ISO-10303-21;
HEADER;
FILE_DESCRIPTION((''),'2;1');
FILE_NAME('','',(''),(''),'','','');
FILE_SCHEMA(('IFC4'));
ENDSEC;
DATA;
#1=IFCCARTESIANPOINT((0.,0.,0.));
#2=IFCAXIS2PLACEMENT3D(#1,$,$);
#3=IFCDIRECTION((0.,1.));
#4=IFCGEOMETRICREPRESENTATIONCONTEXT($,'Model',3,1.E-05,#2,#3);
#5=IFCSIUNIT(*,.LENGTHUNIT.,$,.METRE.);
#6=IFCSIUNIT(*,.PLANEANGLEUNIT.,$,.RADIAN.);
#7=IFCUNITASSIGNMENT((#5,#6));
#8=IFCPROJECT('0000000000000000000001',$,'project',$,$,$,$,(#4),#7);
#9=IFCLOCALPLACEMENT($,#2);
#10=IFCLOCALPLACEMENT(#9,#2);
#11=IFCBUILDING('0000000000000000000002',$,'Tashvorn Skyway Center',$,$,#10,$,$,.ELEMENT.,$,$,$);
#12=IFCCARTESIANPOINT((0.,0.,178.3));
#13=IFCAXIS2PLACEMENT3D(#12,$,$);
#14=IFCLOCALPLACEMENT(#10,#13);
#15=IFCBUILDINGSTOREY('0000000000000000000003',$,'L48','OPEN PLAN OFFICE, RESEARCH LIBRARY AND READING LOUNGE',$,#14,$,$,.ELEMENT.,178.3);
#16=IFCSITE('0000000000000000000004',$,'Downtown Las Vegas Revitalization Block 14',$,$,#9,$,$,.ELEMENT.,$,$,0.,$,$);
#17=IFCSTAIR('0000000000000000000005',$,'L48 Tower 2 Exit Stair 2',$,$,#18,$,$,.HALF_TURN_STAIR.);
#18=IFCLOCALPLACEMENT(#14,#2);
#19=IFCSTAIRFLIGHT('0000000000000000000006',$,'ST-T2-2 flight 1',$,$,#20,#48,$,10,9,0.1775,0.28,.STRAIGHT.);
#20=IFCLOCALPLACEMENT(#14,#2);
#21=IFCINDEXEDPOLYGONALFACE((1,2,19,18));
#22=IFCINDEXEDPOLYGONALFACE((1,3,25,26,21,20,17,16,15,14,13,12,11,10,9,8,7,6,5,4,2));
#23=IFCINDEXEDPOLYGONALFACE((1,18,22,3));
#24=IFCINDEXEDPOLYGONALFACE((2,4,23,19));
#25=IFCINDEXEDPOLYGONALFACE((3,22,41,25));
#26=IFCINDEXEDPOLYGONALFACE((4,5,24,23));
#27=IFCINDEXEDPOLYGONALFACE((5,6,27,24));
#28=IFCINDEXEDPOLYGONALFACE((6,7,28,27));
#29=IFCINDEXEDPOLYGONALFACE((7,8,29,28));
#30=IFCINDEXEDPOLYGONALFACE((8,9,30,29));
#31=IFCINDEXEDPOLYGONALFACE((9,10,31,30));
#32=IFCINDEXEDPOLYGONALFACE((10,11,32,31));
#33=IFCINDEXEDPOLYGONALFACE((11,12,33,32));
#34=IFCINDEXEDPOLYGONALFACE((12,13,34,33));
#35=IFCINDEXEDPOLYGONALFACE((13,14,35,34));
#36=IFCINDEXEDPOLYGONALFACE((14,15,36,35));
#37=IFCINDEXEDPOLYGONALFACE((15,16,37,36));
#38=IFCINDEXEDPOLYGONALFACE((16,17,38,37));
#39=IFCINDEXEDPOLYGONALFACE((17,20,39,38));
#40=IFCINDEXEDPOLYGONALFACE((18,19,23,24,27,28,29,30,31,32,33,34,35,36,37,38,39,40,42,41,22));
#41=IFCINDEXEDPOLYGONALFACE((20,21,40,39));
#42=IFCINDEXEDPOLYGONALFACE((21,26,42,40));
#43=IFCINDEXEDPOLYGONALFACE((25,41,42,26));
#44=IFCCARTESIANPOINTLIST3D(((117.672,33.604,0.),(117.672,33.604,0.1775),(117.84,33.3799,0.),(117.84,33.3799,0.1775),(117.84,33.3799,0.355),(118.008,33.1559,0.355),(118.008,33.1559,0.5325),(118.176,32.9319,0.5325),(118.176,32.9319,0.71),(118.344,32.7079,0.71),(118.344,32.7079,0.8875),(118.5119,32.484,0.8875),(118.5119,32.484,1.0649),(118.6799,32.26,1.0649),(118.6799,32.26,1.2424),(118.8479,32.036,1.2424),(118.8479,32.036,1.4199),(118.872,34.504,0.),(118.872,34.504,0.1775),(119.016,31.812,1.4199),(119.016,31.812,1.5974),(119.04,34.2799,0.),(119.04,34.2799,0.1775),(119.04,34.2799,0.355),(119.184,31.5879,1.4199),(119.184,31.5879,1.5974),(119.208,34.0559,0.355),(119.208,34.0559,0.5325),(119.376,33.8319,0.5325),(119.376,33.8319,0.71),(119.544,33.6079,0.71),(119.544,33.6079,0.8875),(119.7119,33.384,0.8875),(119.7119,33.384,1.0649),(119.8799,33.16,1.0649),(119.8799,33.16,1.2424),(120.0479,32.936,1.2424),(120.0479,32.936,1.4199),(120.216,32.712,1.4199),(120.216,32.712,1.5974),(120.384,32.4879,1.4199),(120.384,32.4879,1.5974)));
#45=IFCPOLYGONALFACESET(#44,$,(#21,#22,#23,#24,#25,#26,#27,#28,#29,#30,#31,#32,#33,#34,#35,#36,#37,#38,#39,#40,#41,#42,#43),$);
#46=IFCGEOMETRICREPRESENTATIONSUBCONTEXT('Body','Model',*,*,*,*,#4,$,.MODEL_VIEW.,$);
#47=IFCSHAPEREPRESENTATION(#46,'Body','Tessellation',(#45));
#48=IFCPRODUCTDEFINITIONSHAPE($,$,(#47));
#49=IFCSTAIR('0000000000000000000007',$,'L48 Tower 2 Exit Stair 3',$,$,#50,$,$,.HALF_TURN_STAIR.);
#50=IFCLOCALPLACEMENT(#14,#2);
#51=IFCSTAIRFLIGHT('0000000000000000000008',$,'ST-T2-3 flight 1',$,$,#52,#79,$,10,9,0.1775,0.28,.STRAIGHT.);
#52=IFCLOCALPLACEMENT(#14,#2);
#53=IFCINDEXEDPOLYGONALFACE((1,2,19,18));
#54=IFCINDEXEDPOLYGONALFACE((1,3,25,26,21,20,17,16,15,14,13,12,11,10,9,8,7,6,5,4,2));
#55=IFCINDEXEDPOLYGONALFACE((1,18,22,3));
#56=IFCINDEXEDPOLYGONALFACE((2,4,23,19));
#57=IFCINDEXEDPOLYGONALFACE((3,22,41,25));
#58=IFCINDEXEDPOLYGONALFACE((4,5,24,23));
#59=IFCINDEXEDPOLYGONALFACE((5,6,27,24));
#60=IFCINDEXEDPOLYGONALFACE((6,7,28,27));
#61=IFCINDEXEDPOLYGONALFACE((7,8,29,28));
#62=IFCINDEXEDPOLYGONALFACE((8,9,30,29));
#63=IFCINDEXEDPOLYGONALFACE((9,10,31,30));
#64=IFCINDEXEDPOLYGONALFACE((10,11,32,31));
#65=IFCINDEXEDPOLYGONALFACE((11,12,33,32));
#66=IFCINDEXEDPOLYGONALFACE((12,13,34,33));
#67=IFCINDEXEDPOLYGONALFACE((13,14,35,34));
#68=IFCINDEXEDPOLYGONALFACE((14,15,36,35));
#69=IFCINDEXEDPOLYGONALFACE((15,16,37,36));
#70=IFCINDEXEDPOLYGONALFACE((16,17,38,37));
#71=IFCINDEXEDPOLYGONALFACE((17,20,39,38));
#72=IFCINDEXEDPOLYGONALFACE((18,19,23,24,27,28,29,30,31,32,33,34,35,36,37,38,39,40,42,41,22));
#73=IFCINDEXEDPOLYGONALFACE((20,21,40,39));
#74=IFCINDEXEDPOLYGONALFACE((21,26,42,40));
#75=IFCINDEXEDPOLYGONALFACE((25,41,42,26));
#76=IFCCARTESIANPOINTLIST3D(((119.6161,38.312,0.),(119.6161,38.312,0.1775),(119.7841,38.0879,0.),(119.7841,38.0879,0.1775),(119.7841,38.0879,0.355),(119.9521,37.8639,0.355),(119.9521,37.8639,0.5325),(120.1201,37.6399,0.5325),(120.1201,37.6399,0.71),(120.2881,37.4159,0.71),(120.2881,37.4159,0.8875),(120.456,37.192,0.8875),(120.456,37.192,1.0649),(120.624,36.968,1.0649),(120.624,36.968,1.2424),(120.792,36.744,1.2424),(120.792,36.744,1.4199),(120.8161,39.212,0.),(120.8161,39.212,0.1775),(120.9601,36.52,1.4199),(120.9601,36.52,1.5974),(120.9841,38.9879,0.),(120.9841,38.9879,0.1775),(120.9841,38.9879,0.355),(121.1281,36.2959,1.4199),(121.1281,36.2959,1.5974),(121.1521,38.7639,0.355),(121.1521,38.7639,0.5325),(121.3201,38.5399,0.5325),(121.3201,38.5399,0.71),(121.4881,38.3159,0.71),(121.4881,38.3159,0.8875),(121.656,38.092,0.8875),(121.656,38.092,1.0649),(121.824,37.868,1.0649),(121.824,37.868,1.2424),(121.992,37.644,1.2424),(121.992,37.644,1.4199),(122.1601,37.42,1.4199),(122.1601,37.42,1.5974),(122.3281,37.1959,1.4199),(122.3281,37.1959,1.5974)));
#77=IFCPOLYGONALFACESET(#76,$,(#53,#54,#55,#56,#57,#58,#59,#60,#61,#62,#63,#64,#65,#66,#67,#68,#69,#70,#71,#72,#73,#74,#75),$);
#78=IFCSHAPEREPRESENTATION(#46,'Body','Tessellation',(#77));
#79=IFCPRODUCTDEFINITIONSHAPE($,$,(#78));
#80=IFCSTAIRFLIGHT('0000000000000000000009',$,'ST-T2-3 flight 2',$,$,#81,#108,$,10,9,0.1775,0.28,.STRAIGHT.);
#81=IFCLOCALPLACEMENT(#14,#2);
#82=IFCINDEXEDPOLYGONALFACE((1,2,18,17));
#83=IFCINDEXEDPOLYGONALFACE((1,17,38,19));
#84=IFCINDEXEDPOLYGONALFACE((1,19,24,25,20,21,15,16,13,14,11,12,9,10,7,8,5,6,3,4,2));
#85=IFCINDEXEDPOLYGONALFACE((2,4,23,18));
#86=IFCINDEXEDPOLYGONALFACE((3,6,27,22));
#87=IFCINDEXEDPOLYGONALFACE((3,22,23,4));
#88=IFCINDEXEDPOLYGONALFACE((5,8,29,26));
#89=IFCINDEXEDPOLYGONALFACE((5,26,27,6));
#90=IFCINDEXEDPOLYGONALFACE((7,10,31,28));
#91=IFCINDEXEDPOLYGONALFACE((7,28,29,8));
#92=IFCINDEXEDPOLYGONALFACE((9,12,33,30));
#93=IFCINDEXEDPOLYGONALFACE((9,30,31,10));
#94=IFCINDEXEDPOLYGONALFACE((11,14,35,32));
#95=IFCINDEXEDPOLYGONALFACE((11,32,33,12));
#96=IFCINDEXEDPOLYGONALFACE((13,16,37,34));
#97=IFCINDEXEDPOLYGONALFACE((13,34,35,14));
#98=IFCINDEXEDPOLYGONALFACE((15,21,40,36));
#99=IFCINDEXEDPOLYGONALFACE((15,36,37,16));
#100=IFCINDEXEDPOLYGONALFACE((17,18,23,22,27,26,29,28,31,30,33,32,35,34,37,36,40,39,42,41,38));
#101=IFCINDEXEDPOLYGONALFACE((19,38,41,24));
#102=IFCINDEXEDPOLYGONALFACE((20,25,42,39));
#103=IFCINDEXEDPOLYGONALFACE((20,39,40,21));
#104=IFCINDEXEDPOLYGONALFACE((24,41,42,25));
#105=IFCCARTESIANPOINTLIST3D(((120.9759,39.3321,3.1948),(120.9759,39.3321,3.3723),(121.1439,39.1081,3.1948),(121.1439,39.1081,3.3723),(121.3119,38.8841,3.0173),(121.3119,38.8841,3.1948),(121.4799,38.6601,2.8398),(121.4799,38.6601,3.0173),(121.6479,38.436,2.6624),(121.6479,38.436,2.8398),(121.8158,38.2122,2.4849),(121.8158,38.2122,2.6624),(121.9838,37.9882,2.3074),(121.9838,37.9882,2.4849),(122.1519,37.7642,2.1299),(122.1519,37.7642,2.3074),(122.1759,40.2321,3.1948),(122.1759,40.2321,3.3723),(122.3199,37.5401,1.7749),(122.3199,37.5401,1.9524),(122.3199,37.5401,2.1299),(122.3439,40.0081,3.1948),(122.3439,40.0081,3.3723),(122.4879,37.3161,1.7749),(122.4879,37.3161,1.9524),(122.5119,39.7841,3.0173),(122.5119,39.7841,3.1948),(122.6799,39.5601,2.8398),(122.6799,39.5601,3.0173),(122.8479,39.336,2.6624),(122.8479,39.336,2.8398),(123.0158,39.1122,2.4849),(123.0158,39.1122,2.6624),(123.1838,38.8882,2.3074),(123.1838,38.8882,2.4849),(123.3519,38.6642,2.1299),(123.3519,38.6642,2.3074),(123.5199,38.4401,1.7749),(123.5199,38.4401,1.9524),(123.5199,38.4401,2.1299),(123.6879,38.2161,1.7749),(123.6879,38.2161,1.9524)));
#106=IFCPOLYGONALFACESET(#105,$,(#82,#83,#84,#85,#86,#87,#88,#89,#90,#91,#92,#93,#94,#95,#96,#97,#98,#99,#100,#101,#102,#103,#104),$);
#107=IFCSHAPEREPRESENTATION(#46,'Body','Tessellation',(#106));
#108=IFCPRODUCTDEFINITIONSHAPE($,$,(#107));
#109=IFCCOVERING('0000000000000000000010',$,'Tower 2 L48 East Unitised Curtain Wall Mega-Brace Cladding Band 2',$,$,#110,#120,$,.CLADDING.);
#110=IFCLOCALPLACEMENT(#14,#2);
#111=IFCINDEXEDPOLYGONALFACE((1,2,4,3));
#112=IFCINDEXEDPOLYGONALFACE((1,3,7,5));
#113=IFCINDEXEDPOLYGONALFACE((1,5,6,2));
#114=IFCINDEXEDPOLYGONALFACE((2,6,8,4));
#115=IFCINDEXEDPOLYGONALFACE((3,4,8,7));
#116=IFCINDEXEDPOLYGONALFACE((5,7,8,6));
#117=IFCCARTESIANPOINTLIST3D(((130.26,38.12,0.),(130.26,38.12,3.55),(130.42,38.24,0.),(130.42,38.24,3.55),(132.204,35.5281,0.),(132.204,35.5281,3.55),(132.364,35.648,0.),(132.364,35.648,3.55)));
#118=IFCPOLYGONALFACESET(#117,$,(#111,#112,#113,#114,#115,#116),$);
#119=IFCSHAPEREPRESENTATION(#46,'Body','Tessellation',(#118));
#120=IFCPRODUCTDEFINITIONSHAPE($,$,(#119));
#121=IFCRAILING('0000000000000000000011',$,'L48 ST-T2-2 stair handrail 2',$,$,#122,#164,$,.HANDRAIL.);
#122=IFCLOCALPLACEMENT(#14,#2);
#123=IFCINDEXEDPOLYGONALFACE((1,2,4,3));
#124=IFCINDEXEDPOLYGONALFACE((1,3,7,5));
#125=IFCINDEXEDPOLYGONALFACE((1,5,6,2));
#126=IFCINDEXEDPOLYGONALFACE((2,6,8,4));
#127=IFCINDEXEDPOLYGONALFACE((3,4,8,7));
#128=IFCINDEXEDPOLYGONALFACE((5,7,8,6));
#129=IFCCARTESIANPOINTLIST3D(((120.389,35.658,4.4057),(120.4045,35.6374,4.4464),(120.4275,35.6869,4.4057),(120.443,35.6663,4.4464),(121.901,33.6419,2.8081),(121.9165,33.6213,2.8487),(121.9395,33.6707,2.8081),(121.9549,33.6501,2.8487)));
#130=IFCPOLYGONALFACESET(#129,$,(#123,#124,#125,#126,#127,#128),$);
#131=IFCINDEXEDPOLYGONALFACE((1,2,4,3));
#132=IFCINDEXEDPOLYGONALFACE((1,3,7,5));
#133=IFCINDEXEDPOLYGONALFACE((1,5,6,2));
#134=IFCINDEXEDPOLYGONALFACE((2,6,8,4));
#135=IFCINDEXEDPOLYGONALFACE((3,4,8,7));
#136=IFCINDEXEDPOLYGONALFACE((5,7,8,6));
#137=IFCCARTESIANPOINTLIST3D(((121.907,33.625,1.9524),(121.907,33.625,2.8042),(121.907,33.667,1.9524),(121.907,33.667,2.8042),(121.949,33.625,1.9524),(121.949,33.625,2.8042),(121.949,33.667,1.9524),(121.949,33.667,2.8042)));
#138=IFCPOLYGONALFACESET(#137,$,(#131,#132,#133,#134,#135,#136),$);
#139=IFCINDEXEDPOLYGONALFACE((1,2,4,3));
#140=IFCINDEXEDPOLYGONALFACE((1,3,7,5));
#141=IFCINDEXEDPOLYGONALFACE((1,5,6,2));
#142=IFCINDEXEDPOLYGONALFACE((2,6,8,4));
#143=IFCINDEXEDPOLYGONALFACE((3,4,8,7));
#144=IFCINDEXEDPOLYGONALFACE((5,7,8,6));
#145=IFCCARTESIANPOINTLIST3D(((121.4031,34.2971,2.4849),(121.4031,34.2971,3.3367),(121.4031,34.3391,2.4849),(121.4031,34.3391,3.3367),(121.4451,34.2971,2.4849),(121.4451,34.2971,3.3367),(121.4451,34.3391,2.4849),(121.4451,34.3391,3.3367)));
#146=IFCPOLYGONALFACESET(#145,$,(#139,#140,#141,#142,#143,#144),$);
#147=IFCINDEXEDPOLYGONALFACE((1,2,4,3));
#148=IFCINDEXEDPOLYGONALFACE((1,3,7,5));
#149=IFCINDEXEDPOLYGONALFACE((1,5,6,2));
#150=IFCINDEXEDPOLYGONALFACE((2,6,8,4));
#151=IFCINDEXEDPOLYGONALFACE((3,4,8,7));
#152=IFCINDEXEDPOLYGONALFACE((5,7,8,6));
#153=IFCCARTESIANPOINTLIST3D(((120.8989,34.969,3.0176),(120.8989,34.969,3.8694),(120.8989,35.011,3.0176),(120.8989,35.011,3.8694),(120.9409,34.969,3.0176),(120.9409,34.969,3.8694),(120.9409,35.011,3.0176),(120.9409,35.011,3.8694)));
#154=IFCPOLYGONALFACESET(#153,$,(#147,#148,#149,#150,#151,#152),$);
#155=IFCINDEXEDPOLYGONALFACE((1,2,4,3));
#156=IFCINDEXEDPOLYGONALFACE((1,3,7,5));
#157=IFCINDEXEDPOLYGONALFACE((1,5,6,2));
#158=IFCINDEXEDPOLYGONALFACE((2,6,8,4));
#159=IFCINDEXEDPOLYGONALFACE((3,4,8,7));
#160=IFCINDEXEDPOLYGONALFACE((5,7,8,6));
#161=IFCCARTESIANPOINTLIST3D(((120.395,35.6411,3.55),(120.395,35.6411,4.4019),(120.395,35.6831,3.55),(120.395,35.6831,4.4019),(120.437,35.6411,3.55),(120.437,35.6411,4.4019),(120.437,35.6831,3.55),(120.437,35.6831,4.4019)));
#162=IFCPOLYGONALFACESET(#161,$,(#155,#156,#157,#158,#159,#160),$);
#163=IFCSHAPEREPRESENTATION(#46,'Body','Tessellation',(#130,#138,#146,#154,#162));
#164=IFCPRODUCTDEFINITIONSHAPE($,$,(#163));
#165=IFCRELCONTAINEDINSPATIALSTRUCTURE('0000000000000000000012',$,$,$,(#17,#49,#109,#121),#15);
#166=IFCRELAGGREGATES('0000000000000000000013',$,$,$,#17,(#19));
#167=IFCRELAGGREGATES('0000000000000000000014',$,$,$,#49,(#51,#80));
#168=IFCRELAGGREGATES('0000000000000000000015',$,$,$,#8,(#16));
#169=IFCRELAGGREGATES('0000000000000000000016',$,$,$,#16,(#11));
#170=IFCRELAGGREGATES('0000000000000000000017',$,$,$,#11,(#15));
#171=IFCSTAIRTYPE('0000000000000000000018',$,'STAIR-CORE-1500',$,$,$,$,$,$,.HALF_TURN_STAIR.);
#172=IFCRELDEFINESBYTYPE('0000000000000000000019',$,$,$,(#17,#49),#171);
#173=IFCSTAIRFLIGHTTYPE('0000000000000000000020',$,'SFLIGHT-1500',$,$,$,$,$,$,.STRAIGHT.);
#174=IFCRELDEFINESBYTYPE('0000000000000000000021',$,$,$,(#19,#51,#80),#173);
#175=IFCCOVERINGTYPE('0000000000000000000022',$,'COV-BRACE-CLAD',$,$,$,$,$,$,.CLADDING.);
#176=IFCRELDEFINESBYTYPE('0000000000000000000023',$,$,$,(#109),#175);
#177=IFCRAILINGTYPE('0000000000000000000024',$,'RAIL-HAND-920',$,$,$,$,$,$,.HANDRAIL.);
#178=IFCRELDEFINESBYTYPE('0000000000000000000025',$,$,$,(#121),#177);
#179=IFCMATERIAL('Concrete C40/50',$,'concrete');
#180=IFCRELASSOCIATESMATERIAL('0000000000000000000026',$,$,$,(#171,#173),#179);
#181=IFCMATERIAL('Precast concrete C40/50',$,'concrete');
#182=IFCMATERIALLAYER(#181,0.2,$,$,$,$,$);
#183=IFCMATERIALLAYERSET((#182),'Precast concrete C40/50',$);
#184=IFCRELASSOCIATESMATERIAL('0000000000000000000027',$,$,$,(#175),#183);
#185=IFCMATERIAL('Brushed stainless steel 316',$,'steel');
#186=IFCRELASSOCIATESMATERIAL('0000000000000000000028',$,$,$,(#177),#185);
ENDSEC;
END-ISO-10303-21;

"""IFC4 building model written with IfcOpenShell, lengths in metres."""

from ifc_helpers import new_model, si_unit, direction, frame, origin, origin_2d, place, context, subcontext, project, spatial, polyline, rectangle, outline, extrude, material, layer, layer_set, type_object, element, aggregate, save


model = new_model("IFC4")

# Units and contexts
model_context = context("Model", 3, precision=1e-05, world=origin(), true_north=direction((0.0, 1.0)))
body_context = subcontext(model_context, "Body", "Model", "MODEL_VIEW")
ifc_project = project(units=[si_unit("LENGTHUNIT", "METRE"), si_unit("PLANEANGLEUNIT", "RADIAN")], contexts=[model_context])

# Site, building, storey
site_placement = place(None, origin())
site = spatial("IfcSite", under=ifc_project, at=site_placement, Name="Downtown Las Vegas Revitalization Block 14", CompositionType="ELEMENT", RefElevation=0.0)
building_placement = place(site_placement, origin())
building = spatial("IfcBuilding", under=site, at=building_placement, Name="Tashvorn Skyway Center", CompositionType="ELEMENT")
storey_placement = place(building_placement, frame((0.0, 0.0, 178.3)))
storey = spatial("IfcBuildingStorey", under=building, at=storey_placement, Name="L48", Description="OPEN PLAN OFFICE, RESEARCH LIBRARY AND READING LOUNGE", CompositionType="ELEMENT", Elevation=178.3)

# Shared definitions
ifc_material_1 = material(Name="Concrete C40/50", Category="concrete")

# Stair, stair flight
stair_type = type_object("IfcStairType", Name="STAIR-CORE-1500", PredefinedType="HALF_TURN_STAIR", material=ifc_material_1)
stair_1_placement = place(storey_placement, origin())
stair_1 = element("IfcStair", 1, at=stair_1_placement, inside=storey, type_object=stair_type, Name="L48 Tower 2 Exit Stair 2", PredefinedType="HALF_TURN_STAIR")
stair_flight_type = type_object("IfcStairFlightType", Name="SFLIGHT-1500", PredefinedType="STRAIGHT", material=ifc_material_1)
stair_flight_1_placement = place(storey_placement, frame((118.272, 34.054, 0.0), z_axis=(0.0, 0.0, 1.0), x_axis=(0.6, -0.8, 0.0)))
stair_flight_1 = element("IfcStairFlight", 2, at=stair_flight_1_placement, type_object=stair_flight_type, Name="ST-T2-2 flight 1", NumberOfRisers=10, NumberOfTreads=9, PredefinedType="STRAIGHT", RiserHeight=0.1775, TreadLength=0.28, context=body_context, shape_type="SweptSolid", body=[
    extrude(outline(polyline([(0.0, 0.0), (0.0, 0.1775), (0.28, 0.1775), (0.28, 0.355), (0.5601, 0.355), (0.5601, 0.5325), (0.8401, 0.5325), (0.8401, 0.71), (1.1201, 0.71), (1.1201, 0.8875), (1.3999, 0.8875), (1.3999, 1.0649), (1.6799, 1.0649), (1.6799, 1.2424), (1.96, 1.2424), (1.96, 1.4199), (2.24, 1.4199), (2.24, 1.5974), (2.52, 1.5974), (2.52, 1.7749), (2.52, 1.4199), (0.28, 0.0), (0.0, 0.0)])), frame((0.0, 0.75, 0.0), z_axis=(0.0, -1.0, 0.0), x_axis=(1.0, 0.0, 0.0)), (0.0, 0.0, 1.0), 1.5),
])
aggregate(stair_1, [stair_flight_1])

# Stair, stair flights
stair_2_placement = place(storey_placement, origin())
stair_2 = element("IfcStair", 3, at=stair_2_placement, inside=storey, type_object=stair_type, Name="L48 Tower 2 Exit Stair 3", PredefinedType="HALF_TURN_STAIR")
stair_flight_2_placement = place(storey_placement, frame((120.2161, 38.762, 0.0), z_axis=(0.0, 0.0, 1.0), x_axis=(0.6, -0.8, 0.0)))
stair_flight_2 = element("IfcStairFlight", 4, at=stair_flight_2_placement, type_object=stair_flight_type, Name="ST-T2-3 flight 1", NumberOfRisers=10, NumberOfTreads=9, PredefinedType="STRAIGHT", RiserHeight=0.1775, TreadLength=0.28, context=body_context, shape_type="SweptSolid", body=[
    extrude(outline(polyline([(0.0, 0.0), (0.0, 0.1775), (0.28, 0.1775), (0.28, 0.355), (0.5601, 0.355), (0.5601, 0.5325), (0.8401, 0.5325), (0.8401, 0.71), (1.1201, 0.71), (1.1201, 0.8875), (1.3999, 0.8875), (1.3999, 1.0649), (1.6799, 1.0649), (1.6799, 1.2424), (1.96, 1.2424), (1.96, 1.4199), (2.24, 1.4199), (2.24, 1.5974), (2.52, 1.5974), (2.52, 1.7749), (2.52, 1.4199), (0.28, 0.0), (0.0, 0.0)])), frame((0.0, 0.75, 0.0), z_axis=(0.0, -1.0, 0.0), x_axis=(1.0, 0.0, 0.0)), (0.0, 0.0, 1.0), 1.5),
])
stair_flight_3_placement = place(storey_placement, frame((123.0879, 37.7661, 1.7749), z_axis=(0.0, 0.0, 1.0), x_axis=(-0.6, 0.8, 0.0)))
stair_flight_3 = element("IfcStairFlight", 5, at=stair_flight_3_placement, type_object=stair_flight_type, Name="ST-T2-3 flight 2", NumberOfRisers=10, NumberOfTreads=9, PredefinedType="STRAIGHT", RiserHeight=0.1775, TreadLength=0.28, context=body_context, shape_type="SweptSolid", body=[
    extrude(outline(polyline([(0.0, 0.0), (0.0, 0.1775), (0.28, 0.1775), (0.28, 0.355), (0.5601, 0.355), (0.5601, 0.5325), (0.8401, 0.5325), (0.8401, 0.71), (1.1201, 0.71), (1.1201, 0.8875), (1.3999, 0.8875), (1.3999, 1.0649), (1.6799, 1.0649), (1.6799, 1.2424), (1.96, 1.2424), (1.96, 1.4199), (2.24, 1.4199), (2.24, 1.5974), (2.52, 1.5974), (2.52, 1.7749), (2.52, 1.4199), (0.28, 0.0), (0.0, 0.0)])), frame((0.0, 0.75, 0.0), z_axis=(0.0, -1.0, 0.0), x_axis=(1.0, 0.0, 0.0)), (0.0, 0.0, 1.0), 1.5),
])
aggregate(stair_2, [stair_flight_2, stair_flight_3])

# Covering
ifc_material_2 = material(Name="Precast concrete C40/50", Category="concrete")
ifc_layer_1 = layer(ifc_material_2, 0.2)
ifc_layer_set_1 = layer_set([ifc_layer_1], Name="Precast concrete C40/50")
covering_type = type_object("IfcCoveringType", Name="COV-BRACE-CLAD", PredefinedType="CLADDING", material=ifc_layer_set_1)
covering_placement = place(storey_placement, frame((131.312, 36.884, 0.0), z_axis=(0.0, 0.0, 1.0), x_axis=(0.6, -0.8, 0.0)))
element("IfcCovering", 6, at=covering_placement, inside=storey, type_object=covering_type, Name="Tower 2 L48 East Unitised Curtain Wall Mega-Brace Cladding Band 2", PredefinedType="CLADDING", context=body_context, shape_type="SweptSolid", body=[
    extrude(rectangle(XDim=3.24, YDim=0.2, at=origin_2d()), origin(), (0.0, 0.0, 1.0), 3.55),
])

# Railing
ifc_material_3 = material(Name="Brushed stainless steel 316", Category="steel")
railing_type_1 = type_object("IfcRailingType", Name="RAIL-HAND-920", PredefinedType="HANDRAIL", material=ifc_material_3)
railing_1_placement = place(storey_placement, frame((121.928, 33.646, 1.9524)))
element("IfcRailing", 7, at=railing_1_placement, inside=storey, type_object=railing_type_1, Name="L48 ST-T2-2 stair handrail 2", PredefinedType="HANDRAIL", context=body_context, shape_type="SweptSolid", body=[
    extrude(rectangle(XDim=0.0481, YDim=0.0481, at=origin_2d()), frame((0.0, 0.0, 0.876), z_axis=(-0.506719, 0.675679, 0.535438), x_axis=(-0.800023, -0.599969, 0.0)), (0.0, 0.0, 1.0), 2.9839),
    extrude(rectangle(XDim=0.042, YDim=0.042, at=origin_2d()), origin(), (0.0, 0.0, 1.0), 0.8518),
    extrude(rectangle(XDim=0.042, YDim=0.042, at=origin_2d()), frame((-0.5039, 0.6721, 0.5325)), (0.0, 0.0, 1.0), 0.8518),
    extrude(rectangle(XDim=0.042, YDim=0.042, at=origin_2d()), frame((-1.0081, 1.344, 1.0652)), (0.0, 0.0, 1.0), 0.8518),
    extrude(rectangle(XDim=0.042, YDim=0.042, at=origin_2d()), frame((-1.512, 2.0161, 1.5977)), (0.0, 0.0, 1.0), 0.8518),
])

save(model, "model.ifc")
